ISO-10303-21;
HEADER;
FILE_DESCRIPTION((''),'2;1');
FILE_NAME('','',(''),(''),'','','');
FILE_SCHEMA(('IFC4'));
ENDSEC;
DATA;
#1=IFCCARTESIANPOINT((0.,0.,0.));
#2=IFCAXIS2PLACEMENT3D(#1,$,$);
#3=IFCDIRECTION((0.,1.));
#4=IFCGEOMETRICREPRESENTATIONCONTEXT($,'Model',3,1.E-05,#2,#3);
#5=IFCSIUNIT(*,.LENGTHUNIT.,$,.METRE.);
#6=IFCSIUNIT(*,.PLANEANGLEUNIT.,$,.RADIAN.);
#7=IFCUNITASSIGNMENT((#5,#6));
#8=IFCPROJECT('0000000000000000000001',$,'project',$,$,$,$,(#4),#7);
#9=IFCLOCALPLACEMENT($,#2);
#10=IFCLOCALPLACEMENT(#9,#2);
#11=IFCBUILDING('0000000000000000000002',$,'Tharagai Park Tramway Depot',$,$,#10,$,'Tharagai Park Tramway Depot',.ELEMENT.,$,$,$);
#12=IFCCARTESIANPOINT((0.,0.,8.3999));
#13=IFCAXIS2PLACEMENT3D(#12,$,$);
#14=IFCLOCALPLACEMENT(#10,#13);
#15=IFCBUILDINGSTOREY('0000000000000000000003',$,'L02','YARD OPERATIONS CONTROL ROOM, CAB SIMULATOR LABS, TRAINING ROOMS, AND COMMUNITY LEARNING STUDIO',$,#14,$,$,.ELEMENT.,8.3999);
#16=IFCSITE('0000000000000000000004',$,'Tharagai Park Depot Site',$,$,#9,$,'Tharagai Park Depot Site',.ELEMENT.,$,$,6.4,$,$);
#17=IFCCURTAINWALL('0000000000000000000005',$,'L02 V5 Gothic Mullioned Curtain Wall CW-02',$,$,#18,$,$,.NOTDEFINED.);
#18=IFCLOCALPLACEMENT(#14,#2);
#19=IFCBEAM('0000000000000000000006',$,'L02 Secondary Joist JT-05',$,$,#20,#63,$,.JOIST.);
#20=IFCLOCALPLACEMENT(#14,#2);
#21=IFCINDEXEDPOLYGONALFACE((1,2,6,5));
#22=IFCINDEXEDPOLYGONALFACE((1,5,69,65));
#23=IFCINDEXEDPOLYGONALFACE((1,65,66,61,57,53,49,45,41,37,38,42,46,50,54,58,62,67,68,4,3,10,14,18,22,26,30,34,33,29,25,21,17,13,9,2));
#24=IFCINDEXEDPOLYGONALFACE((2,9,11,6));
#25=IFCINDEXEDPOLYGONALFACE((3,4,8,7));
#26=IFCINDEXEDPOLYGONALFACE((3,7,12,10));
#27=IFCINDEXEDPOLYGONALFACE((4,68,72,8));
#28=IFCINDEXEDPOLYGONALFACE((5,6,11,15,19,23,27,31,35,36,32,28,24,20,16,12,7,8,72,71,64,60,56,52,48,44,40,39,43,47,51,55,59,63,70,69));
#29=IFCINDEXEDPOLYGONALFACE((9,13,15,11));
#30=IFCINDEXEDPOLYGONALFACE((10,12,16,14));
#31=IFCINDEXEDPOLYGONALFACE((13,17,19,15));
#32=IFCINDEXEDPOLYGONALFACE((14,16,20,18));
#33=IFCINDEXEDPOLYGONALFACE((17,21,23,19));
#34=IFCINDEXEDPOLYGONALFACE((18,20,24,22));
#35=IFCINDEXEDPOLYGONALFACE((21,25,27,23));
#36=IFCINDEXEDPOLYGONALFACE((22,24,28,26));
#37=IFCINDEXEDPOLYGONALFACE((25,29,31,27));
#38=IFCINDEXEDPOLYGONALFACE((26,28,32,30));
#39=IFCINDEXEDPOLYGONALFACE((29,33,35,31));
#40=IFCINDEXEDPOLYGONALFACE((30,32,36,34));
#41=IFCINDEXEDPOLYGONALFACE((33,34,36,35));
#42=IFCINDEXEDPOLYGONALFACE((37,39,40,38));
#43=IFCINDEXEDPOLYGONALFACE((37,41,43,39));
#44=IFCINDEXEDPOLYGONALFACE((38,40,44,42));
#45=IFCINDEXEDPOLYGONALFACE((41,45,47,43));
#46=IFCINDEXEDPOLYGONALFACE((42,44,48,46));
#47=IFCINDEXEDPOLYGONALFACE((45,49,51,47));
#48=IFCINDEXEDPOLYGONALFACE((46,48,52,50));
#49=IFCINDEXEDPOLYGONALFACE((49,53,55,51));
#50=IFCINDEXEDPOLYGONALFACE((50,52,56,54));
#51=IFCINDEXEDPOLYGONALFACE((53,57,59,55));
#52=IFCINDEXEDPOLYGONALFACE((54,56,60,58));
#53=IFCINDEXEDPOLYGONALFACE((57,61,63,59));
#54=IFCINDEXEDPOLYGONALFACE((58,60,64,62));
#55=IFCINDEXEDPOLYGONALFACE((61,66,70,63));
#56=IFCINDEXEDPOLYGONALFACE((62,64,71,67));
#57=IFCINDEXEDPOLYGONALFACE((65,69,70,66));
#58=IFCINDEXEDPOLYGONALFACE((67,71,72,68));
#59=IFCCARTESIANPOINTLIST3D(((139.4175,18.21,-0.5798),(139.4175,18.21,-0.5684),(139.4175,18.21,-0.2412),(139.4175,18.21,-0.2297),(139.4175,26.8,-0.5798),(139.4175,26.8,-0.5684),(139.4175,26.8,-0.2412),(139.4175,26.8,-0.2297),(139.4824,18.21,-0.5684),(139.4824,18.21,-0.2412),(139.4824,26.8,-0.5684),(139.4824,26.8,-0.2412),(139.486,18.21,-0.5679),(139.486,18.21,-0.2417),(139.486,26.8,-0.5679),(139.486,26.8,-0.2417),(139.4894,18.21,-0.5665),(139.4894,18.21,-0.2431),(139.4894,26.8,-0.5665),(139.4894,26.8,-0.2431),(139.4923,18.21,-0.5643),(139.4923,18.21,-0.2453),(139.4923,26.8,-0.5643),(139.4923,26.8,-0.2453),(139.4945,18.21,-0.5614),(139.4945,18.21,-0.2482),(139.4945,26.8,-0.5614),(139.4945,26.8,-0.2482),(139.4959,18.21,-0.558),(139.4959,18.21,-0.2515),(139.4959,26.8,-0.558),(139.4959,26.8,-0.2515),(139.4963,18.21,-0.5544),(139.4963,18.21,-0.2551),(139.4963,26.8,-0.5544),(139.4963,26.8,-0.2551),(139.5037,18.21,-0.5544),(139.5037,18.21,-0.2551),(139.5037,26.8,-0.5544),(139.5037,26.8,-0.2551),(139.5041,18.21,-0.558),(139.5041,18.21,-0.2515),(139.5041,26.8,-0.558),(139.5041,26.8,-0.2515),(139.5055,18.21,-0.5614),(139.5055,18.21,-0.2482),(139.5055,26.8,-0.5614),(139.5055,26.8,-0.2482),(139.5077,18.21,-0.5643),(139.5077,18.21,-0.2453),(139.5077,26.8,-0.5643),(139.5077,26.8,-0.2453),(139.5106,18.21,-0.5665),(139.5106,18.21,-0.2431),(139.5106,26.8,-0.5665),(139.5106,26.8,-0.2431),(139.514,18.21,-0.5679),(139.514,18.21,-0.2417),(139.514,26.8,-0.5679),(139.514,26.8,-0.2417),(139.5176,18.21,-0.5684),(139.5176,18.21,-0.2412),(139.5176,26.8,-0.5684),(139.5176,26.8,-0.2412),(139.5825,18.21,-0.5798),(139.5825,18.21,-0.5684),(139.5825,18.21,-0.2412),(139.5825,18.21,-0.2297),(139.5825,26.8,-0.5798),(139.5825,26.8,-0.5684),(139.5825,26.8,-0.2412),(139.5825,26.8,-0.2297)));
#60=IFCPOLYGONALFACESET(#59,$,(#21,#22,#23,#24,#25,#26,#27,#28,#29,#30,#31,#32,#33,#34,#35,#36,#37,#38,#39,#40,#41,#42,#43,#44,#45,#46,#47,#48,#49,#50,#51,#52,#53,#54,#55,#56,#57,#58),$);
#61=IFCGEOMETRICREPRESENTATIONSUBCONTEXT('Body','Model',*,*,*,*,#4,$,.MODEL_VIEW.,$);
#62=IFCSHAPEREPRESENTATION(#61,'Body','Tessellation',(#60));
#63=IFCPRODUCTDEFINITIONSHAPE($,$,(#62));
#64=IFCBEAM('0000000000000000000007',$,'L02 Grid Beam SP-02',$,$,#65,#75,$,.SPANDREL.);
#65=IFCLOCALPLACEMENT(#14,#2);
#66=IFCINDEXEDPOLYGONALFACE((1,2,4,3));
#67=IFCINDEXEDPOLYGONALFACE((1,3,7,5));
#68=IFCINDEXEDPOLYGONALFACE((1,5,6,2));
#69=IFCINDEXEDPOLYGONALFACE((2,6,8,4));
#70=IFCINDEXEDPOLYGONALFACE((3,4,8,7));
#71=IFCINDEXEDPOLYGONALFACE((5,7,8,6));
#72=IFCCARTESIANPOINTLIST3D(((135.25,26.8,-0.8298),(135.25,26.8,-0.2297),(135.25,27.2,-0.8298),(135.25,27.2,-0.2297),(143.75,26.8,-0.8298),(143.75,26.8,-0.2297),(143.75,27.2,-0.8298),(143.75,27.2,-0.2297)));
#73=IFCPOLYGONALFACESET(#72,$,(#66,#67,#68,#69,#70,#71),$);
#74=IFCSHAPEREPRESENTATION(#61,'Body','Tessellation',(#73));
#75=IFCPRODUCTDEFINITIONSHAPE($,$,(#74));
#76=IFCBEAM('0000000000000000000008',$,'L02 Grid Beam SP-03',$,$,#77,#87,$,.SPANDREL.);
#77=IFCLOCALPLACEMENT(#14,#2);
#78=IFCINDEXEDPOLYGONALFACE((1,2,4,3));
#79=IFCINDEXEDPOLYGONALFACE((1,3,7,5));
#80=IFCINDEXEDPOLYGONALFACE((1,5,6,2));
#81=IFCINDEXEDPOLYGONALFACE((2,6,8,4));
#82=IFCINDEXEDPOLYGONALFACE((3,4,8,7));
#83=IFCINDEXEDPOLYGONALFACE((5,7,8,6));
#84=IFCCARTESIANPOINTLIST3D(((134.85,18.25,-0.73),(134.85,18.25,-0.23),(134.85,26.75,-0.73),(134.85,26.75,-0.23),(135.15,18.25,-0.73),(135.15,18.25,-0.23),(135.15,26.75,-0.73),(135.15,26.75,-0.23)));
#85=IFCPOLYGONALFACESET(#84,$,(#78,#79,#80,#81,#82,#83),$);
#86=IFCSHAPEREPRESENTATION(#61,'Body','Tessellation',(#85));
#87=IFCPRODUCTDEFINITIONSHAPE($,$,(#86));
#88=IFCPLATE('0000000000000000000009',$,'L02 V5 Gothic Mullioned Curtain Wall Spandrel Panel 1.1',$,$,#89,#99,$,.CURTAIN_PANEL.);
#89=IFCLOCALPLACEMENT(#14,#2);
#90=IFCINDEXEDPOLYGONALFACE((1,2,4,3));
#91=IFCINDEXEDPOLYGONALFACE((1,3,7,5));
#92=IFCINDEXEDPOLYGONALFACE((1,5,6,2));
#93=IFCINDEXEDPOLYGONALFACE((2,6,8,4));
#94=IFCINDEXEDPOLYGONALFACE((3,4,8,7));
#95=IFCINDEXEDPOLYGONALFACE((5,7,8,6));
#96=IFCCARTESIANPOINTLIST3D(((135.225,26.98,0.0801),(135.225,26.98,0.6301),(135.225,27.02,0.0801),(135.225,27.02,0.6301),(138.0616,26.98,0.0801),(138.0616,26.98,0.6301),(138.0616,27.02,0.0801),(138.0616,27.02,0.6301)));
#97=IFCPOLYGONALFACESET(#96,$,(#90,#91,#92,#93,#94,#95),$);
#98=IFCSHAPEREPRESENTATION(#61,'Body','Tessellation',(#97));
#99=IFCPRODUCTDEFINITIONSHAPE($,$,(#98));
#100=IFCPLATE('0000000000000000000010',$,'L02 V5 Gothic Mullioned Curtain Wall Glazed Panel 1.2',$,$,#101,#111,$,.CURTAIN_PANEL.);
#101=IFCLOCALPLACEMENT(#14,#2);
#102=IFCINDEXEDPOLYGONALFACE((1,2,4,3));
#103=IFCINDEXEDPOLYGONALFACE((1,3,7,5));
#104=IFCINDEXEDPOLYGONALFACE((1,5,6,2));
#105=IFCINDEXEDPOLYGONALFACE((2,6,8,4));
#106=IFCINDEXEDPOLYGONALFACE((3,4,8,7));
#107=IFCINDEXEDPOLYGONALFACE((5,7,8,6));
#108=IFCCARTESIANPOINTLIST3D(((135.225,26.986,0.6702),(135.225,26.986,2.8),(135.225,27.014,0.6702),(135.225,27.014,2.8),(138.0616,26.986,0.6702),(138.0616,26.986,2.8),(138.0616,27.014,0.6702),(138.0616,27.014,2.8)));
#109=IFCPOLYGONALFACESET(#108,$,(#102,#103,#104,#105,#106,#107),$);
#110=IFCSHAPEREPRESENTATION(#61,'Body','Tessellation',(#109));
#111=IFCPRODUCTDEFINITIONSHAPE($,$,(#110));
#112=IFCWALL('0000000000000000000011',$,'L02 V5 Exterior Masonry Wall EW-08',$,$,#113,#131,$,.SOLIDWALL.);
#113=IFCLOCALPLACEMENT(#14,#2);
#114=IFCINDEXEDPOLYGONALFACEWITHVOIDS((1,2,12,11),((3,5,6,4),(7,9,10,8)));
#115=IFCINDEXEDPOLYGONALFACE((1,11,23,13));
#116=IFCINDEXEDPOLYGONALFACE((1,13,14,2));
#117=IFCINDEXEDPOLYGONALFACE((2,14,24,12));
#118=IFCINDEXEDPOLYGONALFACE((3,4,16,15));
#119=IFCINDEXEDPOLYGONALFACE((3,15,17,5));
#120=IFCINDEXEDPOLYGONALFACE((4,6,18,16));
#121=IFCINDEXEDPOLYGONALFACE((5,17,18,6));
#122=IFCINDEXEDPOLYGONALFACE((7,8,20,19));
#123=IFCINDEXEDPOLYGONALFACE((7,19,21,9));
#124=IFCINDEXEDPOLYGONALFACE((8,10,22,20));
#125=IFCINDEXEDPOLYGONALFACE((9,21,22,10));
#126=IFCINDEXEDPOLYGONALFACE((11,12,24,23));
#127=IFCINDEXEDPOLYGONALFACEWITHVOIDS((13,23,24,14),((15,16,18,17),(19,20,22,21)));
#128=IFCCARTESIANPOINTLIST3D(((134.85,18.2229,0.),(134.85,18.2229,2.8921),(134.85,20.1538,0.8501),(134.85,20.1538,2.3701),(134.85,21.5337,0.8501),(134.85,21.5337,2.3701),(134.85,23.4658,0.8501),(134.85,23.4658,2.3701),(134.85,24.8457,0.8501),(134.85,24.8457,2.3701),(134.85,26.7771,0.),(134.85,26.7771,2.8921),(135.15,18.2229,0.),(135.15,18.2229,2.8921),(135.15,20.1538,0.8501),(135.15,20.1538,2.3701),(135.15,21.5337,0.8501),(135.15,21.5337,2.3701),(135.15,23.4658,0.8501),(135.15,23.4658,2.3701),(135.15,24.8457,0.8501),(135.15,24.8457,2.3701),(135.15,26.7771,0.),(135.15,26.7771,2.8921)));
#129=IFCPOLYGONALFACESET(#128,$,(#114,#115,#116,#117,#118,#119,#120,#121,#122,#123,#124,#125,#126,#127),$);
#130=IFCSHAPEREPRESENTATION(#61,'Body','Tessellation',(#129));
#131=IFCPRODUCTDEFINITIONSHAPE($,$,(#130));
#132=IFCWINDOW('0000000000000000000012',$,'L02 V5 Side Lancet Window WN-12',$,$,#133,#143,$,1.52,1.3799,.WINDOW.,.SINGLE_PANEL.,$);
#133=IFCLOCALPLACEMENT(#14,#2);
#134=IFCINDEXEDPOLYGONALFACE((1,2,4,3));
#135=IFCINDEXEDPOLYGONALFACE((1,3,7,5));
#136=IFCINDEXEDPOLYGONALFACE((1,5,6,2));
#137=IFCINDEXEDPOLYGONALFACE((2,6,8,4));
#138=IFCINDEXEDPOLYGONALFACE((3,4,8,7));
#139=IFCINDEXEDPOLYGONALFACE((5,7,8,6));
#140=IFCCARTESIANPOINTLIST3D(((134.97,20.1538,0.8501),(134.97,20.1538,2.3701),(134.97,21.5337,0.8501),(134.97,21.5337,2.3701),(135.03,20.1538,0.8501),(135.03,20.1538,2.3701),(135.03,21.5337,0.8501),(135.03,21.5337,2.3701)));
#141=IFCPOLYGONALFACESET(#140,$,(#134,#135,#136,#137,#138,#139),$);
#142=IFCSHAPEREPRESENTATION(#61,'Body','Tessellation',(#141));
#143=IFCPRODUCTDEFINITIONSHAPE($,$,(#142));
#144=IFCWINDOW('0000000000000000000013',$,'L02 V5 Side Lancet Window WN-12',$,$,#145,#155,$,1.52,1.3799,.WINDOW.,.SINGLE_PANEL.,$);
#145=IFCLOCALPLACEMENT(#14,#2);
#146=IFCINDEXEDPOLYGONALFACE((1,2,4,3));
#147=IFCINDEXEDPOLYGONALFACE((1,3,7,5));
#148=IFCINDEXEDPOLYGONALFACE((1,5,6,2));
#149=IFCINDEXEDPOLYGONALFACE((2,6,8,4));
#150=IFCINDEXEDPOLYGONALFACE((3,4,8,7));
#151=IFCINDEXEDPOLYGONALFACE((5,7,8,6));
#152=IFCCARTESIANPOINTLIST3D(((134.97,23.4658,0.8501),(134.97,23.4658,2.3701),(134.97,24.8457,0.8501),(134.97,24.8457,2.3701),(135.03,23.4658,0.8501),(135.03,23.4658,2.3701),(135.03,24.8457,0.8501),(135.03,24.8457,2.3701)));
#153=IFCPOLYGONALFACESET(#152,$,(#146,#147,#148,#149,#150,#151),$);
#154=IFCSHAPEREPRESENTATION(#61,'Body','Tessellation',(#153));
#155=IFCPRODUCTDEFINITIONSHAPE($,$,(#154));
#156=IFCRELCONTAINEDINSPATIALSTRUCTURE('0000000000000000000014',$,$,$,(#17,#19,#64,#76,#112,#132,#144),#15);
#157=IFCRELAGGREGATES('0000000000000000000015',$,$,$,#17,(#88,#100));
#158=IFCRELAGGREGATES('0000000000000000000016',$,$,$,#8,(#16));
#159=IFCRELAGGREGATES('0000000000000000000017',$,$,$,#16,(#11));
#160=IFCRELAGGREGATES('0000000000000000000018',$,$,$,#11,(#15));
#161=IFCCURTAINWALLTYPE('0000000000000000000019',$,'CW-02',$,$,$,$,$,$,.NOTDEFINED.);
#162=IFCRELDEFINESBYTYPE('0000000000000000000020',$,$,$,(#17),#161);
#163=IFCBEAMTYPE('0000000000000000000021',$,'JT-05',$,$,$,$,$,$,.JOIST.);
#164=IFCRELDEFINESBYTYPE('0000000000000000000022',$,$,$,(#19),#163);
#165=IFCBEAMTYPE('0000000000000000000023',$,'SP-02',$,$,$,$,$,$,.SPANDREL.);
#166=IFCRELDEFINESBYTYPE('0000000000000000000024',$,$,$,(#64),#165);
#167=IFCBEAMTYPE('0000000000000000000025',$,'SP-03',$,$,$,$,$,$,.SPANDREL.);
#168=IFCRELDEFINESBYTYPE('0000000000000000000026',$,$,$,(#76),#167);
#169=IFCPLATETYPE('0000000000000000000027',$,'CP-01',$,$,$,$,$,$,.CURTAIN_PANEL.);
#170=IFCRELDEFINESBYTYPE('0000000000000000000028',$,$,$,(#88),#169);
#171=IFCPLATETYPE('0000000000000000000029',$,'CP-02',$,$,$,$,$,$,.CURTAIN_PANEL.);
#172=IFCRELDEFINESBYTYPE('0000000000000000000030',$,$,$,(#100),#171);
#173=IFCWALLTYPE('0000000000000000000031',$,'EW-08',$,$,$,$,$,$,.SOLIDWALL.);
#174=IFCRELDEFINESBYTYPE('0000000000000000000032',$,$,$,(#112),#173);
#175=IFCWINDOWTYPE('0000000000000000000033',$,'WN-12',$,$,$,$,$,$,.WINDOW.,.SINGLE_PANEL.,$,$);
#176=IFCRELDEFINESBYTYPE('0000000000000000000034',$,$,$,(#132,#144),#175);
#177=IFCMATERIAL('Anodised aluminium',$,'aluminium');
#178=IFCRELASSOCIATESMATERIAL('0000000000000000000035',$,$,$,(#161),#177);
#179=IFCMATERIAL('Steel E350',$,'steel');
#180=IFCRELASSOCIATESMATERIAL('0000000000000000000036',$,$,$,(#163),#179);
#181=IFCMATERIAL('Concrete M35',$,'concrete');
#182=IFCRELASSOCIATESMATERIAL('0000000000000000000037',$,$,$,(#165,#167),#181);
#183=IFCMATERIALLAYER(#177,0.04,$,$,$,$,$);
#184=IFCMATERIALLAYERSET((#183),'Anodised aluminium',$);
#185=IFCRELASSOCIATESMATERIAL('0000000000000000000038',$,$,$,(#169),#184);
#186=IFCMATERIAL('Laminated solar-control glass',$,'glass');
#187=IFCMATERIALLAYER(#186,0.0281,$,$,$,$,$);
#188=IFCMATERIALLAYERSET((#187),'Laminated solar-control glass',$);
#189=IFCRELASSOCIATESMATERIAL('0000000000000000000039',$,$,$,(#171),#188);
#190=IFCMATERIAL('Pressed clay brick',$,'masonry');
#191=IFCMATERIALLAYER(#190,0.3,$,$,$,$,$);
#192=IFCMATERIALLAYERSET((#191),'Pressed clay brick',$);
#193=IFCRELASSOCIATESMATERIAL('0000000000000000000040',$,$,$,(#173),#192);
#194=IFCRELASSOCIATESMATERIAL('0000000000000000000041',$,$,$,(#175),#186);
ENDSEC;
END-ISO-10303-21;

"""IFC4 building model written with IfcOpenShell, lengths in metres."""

from ifc_helpers import new_model, si_unit, direction, frame, frame_2d, origin, origin_2d, place, context, subcontext, project, spatial, rectangle, i_section, extrude, material, layer, layer_set, material_profile, profile_set, type_object, element, fill, aggregate, save


model = new_model("IFC4")

# Units and contexts
model_context = context("Model", 3, precision=1e-05, world=origin(), true_north=direction((0.0, 1.0)))
body_context = subcontext(model_context, "Body", "Model", "MODEL_VIEW")
ifc_project = project(units=[si_unit("LENGTHUNIT", "METRE"), si_unit("PLANEANGLEUNIT", "RADIAN")], contexts=[model_context])

# Site, building, storey
site_placement = place(None, origin())
site = spatial("IfcSite", under=ifc_project, at=site_placement, Name="Tharagai Park Depot Site", LongName="Tharagai Park Depot Site", CompositionType="ELEMENT", RefElevation=6.4)
building_placement = place(site_placement, origin())
building = spatial("IfcBuilding", under=site, at=building_placement, Name="Tharagai Park Tramway Depot", LongName="Tharagai Park Tramway Depot", CompositionType="ELEMENT")
storey_placement = place(building_placement, frame((0.0, 0.0, 8.3999)))
storey = spatial("IfcBuildingStorey", under=building, at=storey_placement, Name="L02", Description="YARD OPERATIONS CONTROL ROOM, CAB SIMULATOR LABS, TRAINING ROOMS, AND COMMUNITY LEARNING STUDIO", CompositionType="ELEMENT", Elevation=8.3999)

# Shared definitions
ifc_material_1 = material(Name="Concrete M35", Category="concrete")

# Curtain wall
ifc_material_2 = material(Name="Anodised aluminium", Category="aluminium")
curtain_wall_type = type_object("IfcCurtainWallType", Name="CW-02", PredefinedType="NOTDEFINED", material=ifc_material_2)
curtain_wall_placement = place(storey_placement, origin())
curtain_wall = element("IfcCurtainWall", 1, at=curtain_wall_placement, inside=storey, type_object=curtain_wall_type, Name="L02 V5 Gothic Mullioned Curtain Wall CW-02", PredefinedType="NOTDEFINED")

# Beams
ifc_material_3 = material(Name="Steel E350", Category="steel")
ifc_material_profile_1 = material_profile(ifc_material_3, i_section(OverallWidth=0.165, OverallDepth=0.3501, WebThickness=0.0073, FlangeThickness=0.0115, FilletRadius=0.0139, at=origin_2d()), Name="ISLB 350")
ifc_profile_set_1 = profile_set([ifc_material_profile_1], Name="Steel E350")
beam_type_1 = type_object("IfcBeamType", Name="JT-05", PredefinedType="JOIST", material=ifc_profile_set_1)
beam_1_placement = place(storey_placement, frame((139.5, 18.21, -0.4048), z_axis=(0.0, 1.0, 0.0), x_axis=(-1.0, 0.0, 0.0)))
element("IfcBeam", 2, at=beam_1_placement, inside=storey, type_object=beam_type_1, Name="L02 Secondary Joist JT-05", PredefinedType="JOIST", context=body_context, shape_type="SweptSolid", body=[
    extrude(i_section(OverallWidth=0.165, OverallDepth=0.3501, WebThickness=0.0073, FlangeThickness=0.0115, FilletRadius=0.0139, at=origin_2d()), origin(), (0.0, 0.0, 1.0), 8.5901),
])
ifc_material_profile_2 = material_profile(ifc_material_1, rectangle(XDim=0.3999, YDim=0.6001, at=origin_2d()), Name="RC 400x600")
ifc_profile_set_2 = profile_set([ifc_material_profile_2], Name="Concrete M35")
beam_type_2 = type_object("IfcBeamType", Name="SP-02", PredefinedType="SPANDREL", material=ifc_profile_set_2)
beam_2_placement = place(storey_placement, frame((135.25, 27.0, -0.5298), z_axis=(1.0, 0.0, 0.0), x_axis=(0.0, 1.0, 0.0)))
element("IfcBeam", 3, at=beam_2_placement, inside=storey, type_object=beam_type_2, Name="L02 Grid Beam SP-02", PredefinedType="SPANDREL", context=body_context, shape_type="SweptSolid", body=[
    extrude(rectangle(XDim=0.3999, YDim=0.6001, at=origin_2d()), origin(), (0.0, 0.0, 1.0), 8.5),
])
ifc_material_profile_3 = material_profile(ifc_material_1, rectangle(XDim=0.3, YDim=0.5, at=origin_2d()), Name="RC 300x500")
ifc_profile_set_3 = profile_set([ifc_material_profile_3], Name="Concrete M35")
beam_type_3 = type_object("IfcBeamType", Name="SP-03", PredefinedType="SPANDREL", material=ifc_profile_set_3)
beam_3_placement = place(storey_placement, frame((135.0, 18.25, -0.48), z_axis=(0.0, 1.0, 0.0), x_axis=(-1.0, 0.0, 0.0)))
element("IfcBeam", 4, at=beam_3_placement, inside=storey, type_object=beam_type_3, Name="L02 Grid Beam SP-03", PredefinedType="SPANDREL", context=body_context, shape_type="SweptSolid", body=[
    extrude(rectangle(XDim=0.3, YDim=0.5, at=origin_2d()), origin(), (0.0, 0.0, 1.0), 8.5),
])

# Plates
ifc_layer_1 = layer(ifc_material_2, 0.04)
ifc_layer_set_1 = layer_set([ifc_layer_1], Name="Anodised aluminium")
plate_type_1 = type_object("IfcPlateType", Name="CP-01", PredefinedType="CURTAIN_PANEL", material=ifc_layer_set_1)
plate_1_placement = place(storey_placement, frame((136.6433, 27.0, 0.0801), z_axis=(0.0, 0.0, 1.0), x_axis=(1.0, 0.0, 0.0)))
plate_1 = element("IfcPlate", 5, at=plate_1_placement, type_object=plate_type_1, Name="L02 V5 Gothic Mullioned Curtain Wall Spandrel Panel 1.1", PredefinedType="CURTAIN_PANEL", context=body_context, shape_type="SweptSolid", body=[
    extrude(rectangle(XDim=2.8367, YDim=0.04, at=origin_2d()), origin(), (0.0, 0.0, 1.0), 0.55),
])
ifc_material_4 = material(Name="Laminated solar-control glass", Category="glass")
ifc_layer_2 = layer(ifc_material_4, 0.0281)
ifc_layer_set_2 = layer_set([ifc_layer_2], Name="Laminated solar-control glass")
plate_type_2 = type_object("IfcPlateType", Name="CP-02", PredefinedType="CURTAIN_PANEL", material=ifc_layer_set_2)
plate_2_placement = place(storey_placement, frame((136.6433, 27.0, 0.6702), z_axis=(0.0, 0.0, 1.0), x_axis=(1.0, 0.0, 0.0)))
plate_2 = element("IfcPlate", 6, at=plate_2_placement, type_object=plate_type_2, Name="L02 V5 Gothic Mullioned Curtain Wall Glazed Panel 1.2", PredefinedType="CURTAIN_PANEL", context=body_context, shape_type="SweptSolid", body=[
    extrude(rectangle(XDim=2.8367, YDim=0.0281, at=origin_2d()), origin(), (0.0, 0.0, 1.0), 2.1299),
])
aggregate(curtain_wall, [plate_1, plate_2])

# Wall, openings, windows
ifc_material_5 = material(Name="Pressed clay brick", Category="masonry")
ifc_layer_3 = layer(ifc_material_5, 0.3)
ifc_layer_set_3 = layer_set([ifc_layer_3], Name="Pressed clay brick")
wall_type_1 = type_object("IfcWallType", Name="EW-08", PredefinedType="SOLIDWALL", material=ifc_layer_set_3)
wall_1_placement = place(storey_placement, frame((135.0, 18.2229, 0.0), z_axis=(0.0, 0.0, 1.0), x_axis=(0.0, 1.0, 0.0)))
wall_1 = element("IfcWall", 7, at=wall_1_placement, inside=storey, type_object=wall_type_1, Name="L02 V5 Exterior Masonry Wall EW-08", PredefinedType="SOLIDWALL", context=body_context, shape_type="SweptSolid", body=[
    extrude(rectangle(XDim=8.5542, YDim=0.3, at=frame_2d((4.2771, 0.0))), origin(), (0.0, 0.0, 1.0), 2.8921),
])
opening_1_placement = place(wall_1_placement, frame((1.9309, 0.0, 0.8501)))
opening_1 = element("IfcOpeningElement", 8, at=opening_1_placement, cuts=wall_1, PredefinedType="OPENING", context=body_context, shape_type="SweptSolid", body=[
    extrude(rectangle(XDim=1.3799, YDim=1.52, at=frame_2d((0.6899, 0.76))), frame((0.0, 0.1599, 0.0), z_axis=(0.0, -1.0, 0.0), x_axis=(1.0, 0.0, 0.0)), (0.0, 0.0, 1.0), 0.3201),
])
opening_2_placement = place(wall_1_placement, frame((5.2429, 0.0, 0.8501)))
opening_2 = element("IfcOpeningElement", 9, at=opening_2_placement, cuts=wall_1, PredefinedType="OPENING", context=body_context, shape_type="SweptSolid", body=[
    extrude(rectangle(XDim=1.3799, YDim=1.52, at=frame_2d((0.6899, 0.76))), frame((0.0, 0.1599, 0.0), z_axis=(0.0, -1.0, 0.0), x_axis=(1.0, 0.0, 0.0)), (0.0, 0.0, 1.0), 0.3201),
])
window_type = type_object("IfcWindowType", Name="WN-12", PartitioningType="SINGLE_PANEL", PredefinedType="WINDOW", material=ifc_material_4)
window_1_placement = place(opening_1_placement, origin())
window_1 = element("IfcWindow", 10, at=window_1_placement, inside=storey, type_object=window_type, Name="L02 V5 Side Lancet Window WN-12", OverallHeight=1.52, OverallWidth=1.3799, PartitioningType="SINGLE_PANEL", PredefinedType="WINDOW", context=body_context, shape_type="SweptSolid", body=[
    extrude(rectangle(XDim=1.3799, YDim=1.52, at=frame_2d((0.6899, 0.76))), frame((0.0, 0.03, 0.0), z_axis=(0.0, -1.0, 0.0), x_axis=(1.0, 0.0, 0.0)), (0.0, 0.0, 1.0), 0.0601),
])
fill(opening_1, window_1)
window_2_placement = place(opening_2_placement, origin())
window_2 = element("IfcWindow", 11, at=window_2_placement, inside=storey, type_object=window_type, Name="L02 V5 Side Lancet Window WN-12", OverallHeight=1.52, OverallWidth=1.3799, PartitioningType="SINGLE_PANEL", PredefinedType="WINDOW", context=body_context, shape_type="SweptSolid", body=[
    extrude(rectangle(XDim=1.3799, YDim=1.52, at=frame_2d((0.6899, 0.76))), frame((0.0, 0.03, 0.0), z_axis=(0.0, -1.0, 0.0), x_axis=(1.0, 0.0, 0.0)), (0.0, 0.0, 1.0), 0.0601),
])
fill(opening_2, window_2)

save(model, "model.ifc")
